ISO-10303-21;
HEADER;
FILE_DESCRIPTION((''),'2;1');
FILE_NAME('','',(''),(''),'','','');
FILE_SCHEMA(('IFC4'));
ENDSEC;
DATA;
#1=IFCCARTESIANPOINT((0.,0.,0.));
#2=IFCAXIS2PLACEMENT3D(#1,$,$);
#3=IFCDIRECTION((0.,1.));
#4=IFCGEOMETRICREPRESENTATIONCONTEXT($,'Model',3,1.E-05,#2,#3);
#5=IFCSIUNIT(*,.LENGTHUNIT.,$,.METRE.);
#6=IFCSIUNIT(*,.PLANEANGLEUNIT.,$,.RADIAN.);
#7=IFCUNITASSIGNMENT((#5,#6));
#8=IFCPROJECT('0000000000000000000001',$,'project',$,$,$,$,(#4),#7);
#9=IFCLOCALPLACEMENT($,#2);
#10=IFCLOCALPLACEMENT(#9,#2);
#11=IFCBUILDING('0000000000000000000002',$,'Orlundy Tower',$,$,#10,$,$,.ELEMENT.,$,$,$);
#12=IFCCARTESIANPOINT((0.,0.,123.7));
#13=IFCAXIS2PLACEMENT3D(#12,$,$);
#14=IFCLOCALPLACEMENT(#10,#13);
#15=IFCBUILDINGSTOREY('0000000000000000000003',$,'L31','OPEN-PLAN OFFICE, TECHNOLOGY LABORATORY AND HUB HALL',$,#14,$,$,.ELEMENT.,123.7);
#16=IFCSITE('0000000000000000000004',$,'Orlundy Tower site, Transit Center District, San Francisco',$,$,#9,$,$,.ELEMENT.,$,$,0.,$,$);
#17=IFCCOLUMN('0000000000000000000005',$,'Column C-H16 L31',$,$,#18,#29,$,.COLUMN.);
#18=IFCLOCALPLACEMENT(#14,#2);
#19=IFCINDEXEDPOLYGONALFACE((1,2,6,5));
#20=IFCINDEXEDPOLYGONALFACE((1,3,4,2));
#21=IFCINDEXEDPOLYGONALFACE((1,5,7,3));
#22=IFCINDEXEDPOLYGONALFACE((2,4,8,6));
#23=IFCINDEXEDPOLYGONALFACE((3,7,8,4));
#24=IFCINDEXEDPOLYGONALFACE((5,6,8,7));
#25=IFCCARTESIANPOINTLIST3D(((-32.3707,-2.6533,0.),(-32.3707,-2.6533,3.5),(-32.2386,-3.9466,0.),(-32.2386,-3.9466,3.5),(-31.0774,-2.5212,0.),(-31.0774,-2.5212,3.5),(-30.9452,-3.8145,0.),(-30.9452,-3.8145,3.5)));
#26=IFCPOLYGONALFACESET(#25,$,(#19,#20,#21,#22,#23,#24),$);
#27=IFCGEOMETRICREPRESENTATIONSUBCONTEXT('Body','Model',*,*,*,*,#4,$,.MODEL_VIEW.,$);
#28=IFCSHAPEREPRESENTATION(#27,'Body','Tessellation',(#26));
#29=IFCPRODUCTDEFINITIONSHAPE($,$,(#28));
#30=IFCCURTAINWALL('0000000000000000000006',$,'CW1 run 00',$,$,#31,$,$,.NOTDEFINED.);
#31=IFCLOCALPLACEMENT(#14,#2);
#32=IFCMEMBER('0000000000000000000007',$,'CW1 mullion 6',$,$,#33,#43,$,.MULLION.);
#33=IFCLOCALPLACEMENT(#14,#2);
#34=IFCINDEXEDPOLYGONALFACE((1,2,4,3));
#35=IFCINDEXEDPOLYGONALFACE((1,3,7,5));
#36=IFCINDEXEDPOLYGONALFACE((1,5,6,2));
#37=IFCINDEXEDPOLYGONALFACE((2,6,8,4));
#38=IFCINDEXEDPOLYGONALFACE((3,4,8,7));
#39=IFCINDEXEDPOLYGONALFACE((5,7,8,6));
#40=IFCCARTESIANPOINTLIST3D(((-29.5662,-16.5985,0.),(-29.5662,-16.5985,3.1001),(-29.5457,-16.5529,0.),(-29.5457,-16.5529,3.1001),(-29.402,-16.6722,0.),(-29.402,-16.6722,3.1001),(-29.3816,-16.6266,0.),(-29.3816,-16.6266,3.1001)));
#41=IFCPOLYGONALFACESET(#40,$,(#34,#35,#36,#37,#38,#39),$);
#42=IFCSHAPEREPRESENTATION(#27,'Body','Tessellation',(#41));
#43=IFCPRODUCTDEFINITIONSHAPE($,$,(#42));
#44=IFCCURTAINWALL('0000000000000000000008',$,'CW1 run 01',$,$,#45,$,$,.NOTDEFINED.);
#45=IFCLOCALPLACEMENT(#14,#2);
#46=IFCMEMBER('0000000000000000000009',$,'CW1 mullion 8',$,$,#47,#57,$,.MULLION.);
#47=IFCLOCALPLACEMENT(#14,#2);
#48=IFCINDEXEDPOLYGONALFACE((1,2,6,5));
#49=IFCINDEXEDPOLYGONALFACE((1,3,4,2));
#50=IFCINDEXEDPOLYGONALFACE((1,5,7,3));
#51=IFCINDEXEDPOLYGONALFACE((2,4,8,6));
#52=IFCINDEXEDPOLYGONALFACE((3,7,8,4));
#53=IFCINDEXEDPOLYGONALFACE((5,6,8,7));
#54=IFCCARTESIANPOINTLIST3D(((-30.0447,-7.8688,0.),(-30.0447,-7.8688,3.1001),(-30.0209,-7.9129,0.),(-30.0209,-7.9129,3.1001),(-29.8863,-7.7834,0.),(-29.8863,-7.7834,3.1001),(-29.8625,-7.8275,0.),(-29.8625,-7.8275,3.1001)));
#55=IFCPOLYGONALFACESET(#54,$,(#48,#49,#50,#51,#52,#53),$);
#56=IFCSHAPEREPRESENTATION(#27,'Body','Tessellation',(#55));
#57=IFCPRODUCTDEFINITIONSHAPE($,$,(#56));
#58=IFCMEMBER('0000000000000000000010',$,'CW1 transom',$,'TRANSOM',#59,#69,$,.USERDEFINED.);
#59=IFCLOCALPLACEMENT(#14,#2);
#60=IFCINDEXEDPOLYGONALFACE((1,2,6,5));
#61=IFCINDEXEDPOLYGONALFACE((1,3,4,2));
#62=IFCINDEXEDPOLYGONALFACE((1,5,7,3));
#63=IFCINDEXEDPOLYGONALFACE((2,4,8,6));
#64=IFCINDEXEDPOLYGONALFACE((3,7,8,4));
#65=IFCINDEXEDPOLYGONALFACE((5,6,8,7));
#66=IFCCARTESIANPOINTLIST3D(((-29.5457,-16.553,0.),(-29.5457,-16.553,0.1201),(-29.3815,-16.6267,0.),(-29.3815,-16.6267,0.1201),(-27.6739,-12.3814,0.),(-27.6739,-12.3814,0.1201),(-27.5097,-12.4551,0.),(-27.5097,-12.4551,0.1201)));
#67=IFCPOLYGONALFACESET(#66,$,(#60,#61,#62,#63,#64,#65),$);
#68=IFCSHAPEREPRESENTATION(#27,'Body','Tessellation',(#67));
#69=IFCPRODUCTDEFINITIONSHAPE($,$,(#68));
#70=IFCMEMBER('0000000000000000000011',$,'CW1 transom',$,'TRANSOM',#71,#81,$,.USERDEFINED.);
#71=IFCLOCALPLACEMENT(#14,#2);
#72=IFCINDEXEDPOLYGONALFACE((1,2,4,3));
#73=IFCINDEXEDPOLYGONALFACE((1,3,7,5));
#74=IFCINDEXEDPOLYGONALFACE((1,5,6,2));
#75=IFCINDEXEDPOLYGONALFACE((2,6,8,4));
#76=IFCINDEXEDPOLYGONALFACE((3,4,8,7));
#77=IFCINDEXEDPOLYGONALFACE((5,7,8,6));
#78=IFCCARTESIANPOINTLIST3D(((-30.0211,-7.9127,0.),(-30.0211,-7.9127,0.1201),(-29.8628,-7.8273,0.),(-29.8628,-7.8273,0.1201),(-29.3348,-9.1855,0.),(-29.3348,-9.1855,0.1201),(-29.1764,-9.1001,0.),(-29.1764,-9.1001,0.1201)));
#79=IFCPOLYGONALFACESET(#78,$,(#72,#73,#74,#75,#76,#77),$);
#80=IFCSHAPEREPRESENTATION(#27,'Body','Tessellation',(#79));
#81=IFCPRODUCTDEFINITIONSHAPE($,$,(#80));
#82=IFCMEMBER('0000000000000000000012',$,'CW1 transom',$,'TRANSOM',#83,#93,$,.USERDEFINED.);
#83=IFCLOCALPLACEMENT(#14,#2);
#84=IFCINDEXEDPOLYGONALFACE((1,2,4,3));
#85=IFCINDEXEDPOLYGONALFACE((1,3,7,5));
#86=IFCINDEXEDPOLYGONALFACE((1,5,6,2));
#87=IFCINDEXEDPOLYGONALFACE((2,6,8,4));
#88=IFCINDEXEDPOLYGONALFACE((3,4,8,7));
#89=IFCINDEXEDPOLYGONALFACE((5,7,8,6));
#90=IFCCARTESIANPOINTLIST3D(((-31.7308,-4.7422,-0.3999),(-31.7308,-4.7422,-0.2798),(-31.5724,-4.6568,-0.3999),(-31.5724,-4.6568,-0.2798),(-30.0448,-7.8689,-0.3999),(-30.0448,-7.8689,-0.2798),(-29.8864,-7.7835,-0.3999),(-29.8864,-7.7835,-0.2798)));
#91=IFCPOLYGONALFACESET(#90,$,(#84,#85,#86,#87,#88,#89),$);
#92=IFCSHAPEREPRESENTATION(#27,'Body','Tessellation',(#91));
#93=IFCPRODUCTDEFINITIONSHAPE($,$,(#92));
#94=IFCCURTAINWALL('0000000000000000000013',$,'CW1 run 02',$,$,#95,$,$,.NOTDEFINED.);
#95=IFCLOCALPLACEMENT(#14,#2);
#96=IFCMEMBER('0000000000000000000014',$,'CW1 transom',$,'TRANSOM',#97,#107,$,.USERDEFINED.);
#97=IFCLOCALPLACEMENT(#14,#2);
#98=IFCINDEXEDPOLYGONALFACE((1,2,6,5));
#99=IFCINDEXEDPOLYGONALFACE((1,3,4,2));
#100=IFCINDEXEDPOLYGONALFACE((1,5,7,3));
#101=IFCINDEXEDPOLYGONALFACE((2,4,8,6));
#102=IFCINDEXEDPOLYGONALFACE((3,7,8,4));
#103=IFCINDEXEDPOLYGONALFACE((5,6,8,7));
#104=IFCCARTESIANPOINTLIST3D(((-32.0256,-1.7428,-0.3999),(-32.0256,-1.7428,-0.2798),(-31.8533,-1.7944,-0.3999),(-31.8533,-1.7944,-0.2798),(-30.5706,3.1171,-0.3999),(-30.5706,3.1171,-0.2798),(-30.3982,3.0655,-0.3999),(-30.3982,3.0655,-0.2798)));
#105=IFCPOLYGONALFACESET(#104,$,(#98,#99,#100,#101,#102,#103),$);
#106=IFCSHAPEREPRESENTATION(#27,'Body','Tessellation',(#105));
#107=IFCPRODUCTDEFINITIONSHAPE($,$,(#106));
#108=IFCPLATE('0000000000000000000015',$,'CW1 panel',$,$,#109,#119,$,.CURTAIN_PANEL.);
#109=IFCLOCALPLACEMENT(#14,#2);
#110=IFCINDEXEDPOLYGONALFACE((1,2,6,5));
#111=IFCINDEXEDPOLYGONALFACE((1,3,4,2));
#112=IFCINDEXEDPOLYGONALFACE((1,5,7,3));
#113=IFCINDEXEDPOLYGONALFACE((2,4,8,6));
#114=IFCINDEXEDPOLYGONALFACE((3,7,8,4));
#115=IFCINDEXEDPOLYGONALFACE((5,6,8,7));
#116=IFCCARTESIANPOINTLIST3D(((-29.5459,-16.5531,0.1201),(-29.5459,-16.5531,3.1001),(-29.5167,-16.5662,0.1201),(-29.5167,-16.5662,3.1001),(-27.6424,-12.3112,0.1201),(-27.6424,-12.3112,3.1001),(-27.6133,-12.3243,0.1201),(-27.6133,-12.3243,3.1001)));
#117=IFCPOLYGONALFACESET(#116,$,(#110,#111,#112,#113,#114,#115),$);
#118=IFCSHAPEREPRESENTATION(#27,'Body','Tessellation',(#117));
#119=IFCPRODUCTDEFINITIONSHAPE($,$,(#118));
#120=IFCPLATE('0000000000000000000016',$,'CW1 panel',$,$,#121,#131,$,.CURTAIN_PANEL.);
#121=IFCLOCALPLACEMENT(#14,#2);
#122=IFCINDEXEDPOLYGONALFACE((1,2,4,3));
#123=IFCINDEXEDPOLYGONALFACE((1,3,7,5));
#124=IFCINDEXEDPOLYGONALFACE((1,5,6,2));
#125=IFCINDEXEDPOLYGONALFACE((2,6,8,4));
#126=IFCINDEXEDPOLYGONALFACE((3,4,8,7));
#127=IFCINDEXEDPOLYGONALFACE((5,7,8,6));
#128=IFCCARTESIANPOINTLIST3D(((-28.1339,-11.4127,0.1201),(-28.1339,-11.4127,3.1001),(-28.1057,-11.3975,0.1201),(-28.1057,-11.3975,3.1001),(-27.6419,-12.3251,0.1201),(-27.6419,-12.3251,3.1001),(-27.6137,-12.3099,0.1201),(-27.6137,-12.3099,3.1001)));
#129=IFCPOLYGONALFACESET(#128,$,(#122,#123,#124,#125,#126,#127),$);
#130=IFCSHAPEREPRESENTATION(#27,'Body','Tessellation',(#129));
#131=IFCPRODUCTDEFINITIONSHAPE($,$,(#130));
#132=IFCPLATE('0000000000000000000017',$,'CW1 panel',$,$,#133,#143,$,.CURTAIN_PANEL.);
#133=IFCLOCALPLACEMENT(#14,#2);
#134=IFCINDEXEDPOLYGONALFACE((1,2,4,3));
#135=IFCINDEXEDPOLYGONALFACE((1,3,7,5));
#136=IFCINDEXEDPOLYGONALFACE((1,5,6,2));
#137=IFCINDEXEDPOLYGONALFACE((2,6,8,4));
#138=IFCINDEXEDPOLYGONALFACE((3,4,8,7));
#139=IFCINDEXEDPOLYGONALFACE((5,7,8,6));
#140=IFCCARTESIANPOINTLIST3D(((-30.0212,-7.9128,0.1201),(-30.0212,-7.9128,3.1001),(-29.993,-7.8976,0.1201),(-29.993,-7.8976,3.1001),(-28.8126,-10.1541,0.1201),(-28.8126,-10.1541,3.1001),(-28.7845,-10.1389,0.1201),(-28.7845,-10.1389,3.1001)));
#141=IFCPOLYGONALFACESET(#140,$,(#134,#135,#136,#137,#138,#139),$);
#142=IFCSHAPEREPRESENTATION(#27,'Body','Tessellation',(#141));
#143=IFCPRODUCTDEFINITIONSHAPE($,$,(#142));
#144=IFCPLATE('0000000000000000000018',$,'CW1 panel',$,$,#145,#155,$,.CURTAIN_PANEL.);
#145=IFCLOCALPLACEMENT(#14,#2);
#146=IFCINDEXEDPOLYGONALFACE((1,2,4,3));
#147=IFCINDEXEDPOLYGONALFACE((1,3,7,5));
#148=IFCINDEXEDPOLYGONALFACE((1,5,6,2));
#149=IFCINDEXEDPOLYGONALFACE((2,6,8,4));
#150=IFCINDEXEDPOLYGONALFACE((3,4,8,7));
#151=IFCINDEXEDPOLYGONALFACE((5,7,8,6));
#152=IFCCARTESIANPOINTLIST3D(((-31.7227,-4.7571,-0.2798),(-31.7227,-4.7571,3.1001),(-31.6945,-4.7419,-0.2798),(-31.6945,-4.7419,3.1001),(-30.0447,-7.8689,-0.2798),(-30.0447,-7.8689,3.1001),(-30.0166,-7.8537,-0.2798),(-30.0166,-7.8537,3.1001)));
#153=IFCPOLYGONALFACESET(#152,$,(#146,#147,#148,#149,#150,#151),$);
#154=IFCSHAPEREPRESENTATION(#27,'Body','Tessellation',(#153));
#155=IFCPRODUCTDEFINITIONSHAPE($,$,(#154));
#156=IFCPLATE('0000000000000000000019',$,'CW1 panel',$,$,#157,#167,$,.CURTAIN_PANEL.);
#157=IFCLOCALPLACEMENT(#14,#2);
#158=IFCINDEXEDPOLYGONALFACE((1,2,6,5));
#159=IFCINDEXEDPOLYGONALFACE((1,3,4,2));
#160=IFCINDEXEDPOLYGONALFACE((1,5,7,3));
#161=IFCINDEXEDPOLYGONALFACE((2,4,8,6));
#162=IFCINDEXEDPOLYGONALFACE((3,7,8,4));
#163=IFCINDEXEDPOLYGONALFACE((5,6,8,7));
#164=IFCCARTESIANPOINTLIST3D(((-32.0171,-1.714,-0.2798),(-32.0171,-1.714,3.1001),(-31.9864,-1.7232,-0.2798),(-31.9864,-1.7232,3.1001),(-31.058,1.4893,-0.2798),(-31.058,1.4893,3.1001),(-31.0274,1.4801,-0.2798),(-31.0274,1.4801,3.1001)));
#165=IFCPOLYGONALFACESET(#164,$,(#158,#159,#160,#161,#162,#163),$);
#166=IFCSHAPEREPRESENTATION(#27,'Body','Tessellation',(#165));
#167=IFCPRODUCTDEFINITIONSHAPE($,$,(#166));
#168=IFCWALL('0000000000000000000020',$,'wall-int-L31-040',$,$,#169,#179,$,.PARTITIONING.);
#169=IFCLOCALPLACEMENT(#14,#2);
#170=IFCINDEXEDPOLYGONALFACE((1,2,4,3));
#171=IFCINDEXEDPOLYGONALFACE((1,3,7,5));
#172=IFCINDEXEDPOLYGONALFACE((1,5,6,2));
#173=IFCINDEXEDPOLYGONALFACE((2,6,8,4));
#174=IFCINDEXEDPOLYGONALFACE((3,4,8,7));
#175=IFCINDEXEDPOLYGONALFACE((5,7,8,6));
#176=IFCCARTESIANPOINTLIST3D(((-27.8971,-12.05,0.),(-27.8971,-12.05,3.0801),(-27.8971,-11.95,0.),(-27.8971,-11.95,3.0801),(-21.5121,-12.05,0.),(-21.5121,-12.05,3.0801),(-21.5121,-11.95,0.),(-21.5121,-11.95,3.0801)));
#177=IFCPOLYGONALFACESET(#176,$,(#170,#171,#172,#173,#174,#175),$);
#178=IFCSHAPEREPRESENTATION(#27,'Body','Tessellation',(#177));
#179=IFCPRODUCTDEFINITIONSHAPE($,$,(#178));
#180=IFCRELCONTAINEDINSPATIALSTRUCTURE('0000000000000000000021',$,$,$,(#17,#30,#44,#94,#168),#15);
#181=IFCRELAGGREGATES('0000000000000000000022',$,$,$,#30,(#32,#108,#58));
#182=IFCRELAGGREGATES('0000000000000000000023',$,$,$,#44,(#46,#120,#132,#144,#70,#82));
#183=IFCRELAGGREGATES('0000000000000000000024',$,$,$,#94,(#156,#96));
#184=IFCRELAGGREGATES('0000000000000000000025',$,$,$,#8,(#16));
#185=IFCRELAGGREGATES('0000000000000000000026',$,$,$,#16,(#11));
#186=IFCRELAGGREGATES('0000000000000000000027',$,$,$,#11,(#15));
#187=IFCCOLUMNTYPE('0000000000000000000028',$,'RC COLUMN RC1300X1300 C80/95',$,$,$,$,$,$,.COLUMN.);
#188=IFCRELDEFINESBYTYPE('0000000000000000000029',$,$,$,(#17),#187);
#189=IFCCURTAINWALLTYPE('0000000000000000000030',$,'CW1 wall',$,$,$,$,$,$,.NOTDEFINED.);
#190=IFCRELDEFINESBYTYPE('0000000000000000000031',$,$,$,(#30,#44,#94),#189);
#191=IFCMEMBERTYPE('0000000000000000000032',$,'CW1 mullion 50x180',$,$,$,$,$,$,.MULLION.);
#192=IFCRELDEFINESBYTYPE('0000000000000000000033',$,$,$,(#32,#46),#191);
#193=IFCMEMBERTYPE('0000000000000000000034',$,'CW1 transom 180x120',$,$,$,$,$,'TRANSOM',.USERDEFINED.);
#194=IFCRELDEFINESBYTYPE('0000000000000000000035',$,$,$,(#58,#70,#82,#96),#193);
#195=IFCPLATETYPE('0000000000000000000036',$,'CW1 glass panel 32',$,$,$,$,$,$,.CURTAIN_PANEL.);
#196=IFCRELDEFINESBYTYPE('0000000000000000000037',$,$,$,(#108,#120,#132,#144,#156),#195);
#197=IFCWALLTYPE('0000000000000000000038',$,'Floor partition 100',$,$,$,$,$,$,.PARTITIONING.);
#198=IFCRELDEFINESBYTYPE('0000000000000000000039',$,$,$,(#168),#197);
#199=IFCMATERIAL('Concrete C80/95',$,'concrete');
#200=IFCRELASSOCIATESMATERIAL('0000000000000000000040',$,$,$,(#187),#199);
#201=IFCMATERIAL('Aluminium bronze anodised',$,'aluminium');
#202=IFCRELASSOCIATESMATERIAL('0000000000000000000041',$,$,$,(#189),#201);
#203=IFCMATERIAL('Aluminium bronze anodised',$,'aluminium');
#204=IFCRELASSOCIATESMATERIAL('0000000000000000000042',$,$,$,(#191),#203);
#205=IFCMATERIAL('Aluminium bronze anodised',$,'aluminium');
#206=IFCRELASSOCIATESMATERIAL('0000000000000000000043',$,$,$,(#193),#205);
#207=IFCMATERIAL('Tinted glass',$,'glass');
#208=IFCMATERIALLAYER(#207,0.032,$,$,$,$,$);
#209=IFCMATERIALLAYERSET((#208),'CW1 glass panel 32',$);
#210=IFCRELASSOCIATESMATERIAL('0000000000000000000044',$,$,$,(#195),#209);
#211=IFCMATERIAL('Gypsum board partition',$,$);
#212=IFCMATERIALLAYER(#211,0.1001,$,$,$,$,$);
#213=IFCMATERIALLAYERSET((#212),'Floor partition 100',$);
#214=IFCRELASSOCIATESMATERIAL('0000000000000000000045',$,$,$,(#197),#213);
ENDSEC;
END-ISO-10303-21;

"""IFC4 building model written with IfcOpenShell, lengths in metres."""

from ifc_helpers import new_model, si_unit, direction, frame, frame_2d, origin, origin_2d, place, context, subcontext, project, spatial, rectangle, extrude, material, layer, layer_set, material_profile, profile_set, type_object, element, aggregate, save


model = new_model("IFC4")

# Units and contexts
model_context = context("Model", 3, precision=1e-05, world=origin(), true_north=direction((0.0, 1.0)))
body_context = subcontext(model_context, "Body", "Model", "MODEL_VIEW")
ifc_project = project(units=[si_unit("LENGTHUNIT", "METRE"), si_unit("PLANEANGLEUNIT", "RADIAN")], contexts=[model_context])

# Site, building, storey
site_placement = place(None, origin())
site = spatial("IfcSite", under=ifc_project, at=site_placement, Name="Orlundy Tower site, Transit Center District, San Francisco", CompositionType="ELEMENT", RefElevation=0.0)
building_placement = place(site_placement, origin())
building = spatial("IfcBuilding", under=site, at=building_placement, Name="Orlundy Tower", CompositionType="ELEMENT")
storey_placement = place(building_placement, frame((0.0, 0.0, 123.7)))
storey = spatial("IfcBuildingStorey", under=building, at=storey_placement, Name="L31", Description="OPEN-PLAN OFFICE, TECHNOLOGY LABORATORY AND HUB HALL", CompositionType="ELEMENT", Elevation=123.7)

# Column
ifc_material_1 = material(Name="Concrete C80/95", Category="concrete")
ifc_material_profile_1 = material_profile(ifc_material_1, rectangle(XDim=1.3, YDim=1.3, at=origin_2d()), Name="RC1300X1300")
ifc_profile_set_1 = profile_set([ifc_material_profile_1], Name="Concrete C80/95")
column_type = type_object("IfcColumnType", Name="RC COLUMN RC1300X1300 C80/95", PredefinedType="COLUMN", material=ifc_profile_set_1)
column_placement = place(storey_placement, frame((-31.658, -3.2339, 0.0), z_axis=(0.0, 0.0, 1.0), x_axis=(-0.994822, -0.101629, 0.0)))
element("IfcColumn", 1, at=column_placement, inside=storey, type_object=column_type, Name="Column C-H16 L31", PredefinedType="COLUMN", context=body_context, shape_type="SweptSolid", body=[
    extrude(rectangle(XDim=1.3, YDim=1.3, at=origin_2d()), origin(), (0.0, 0.0, 1.0), 3.5),
])

# Curtain walls, members
ifc_material_2 = material(Name="Aluminium bronze anodised", Category="aluminium")
curtain_wall_type = type_object("IfcCurtainWallType", Name="CW1 wall", PredefinedType="NOTDEFINED", material=ifc_material_2)
curtain_wall_1_placement = place(storey_placement, origin())
curtain_wall_1 = element("IfcCurtainWall", 2, at=curtain_wall_1_placement, inside=storey, type_object=curtain_wall_type, Name="CW1 run 00", PredefinedType="NOTDEFINED")
ifc_material_3 = material(Name="Aluminium bronze anodised", Category="aluminium")
ifc_material_profile_2 = material_profile(ifc_material_3, rectangle(XDim=0.1799, YDim=0.05, at=origin_2d()), Name="CW1 mullion 50x180")
ifc_profile_set_2 = profile_set([ifc_material_profile_2], Name="Aluminium bronze anodised")
member_type_1 = type_object("IfcMemberType", Name="CW1 mullion 50x180", PredefinedType="MULLION", material=ifc_profile_set_2)
member_1_placement = place(storey_placement, frame((-29.4739, -16.6125, 0.0), z_axis=(0.0, 0.0, 1.0), x_axis=(-0.912353, 0.409404, 0.0)))
member_1 = element("IfcMember", 3, at=member_1_placement, type_object=member_type_1, Name="CW1 mullion 6", PredefinedType="MULLION", context=body_context, shape_type="SweptSolid", body=[
    extrude(rectangle(XDim=0.1799, YDim=0.05, at=origin_2d()), origin(), (0.0, 0.0, 1.0), 3.1001),
])
curtain_wall_2_placement = place(storey_placement, origin())
curtain_wall_2 = element("IfcCurtainWall", 4, at=curtain_wall_2_placement, inside=storey, type_object=curtain_wall_type, Name="CW1 run 01", PredefinedType="NOTDEFINED")
member_2_placement = place(storey_placement, frame((-29.9536, -7.8481, 0.0), z_axis=(0.0, 0.0, 1.0), x_axis=(-0.880189, -0.474624, 0.0)))
member_2 = element("IfcMember", 5, at=member_2_placement, type_object=member_type_1, Name="CW1 mullion 8", PredefinedType="MULLION", context=body_context, shape_type="SweptSolid", body=[
    extrude(rectangle(XDim=0.1799, YDim=0.05, at=origin_2d()), origin(), (0.0, 0.0, 1.0), 3.1001),
])

# Members
ifc_material_4 = material(Name="Aluminium bronze anodised", Category="aluminium")
ifc_material_profile_3 = material_profile(ifc_material_4, rectangle(XDim=0.1799, YDim=0.1201, at=origin_2d()), Name="CW1 transom 180x120")
ifc_profile_set_3 = profile_set([ifc_material_profile_3], Name="Aluminium bronze anodised")
member_type_2 = type_object("IfcMemberType", Name="CW1 transom 180x120", ElementType="TRANSOM", PredefinedType="USERDEFINED", material=ifc_profile_set_3)
member_3_placement = place(storey_placement, frame((-29.4636, -16.5898, 0.0601), z_axis=(0.409381, 0.912364, 0.0), x_axis=(-0.912364, 0.409381, 0.0)))
member_3 = element("IfcMember", 6, at=member_3_placement, type_object=member_type_2, Name="CW1 transom", ObjectType="TRANSOM", PredefinedType="USERDEFINED", context=body_context, shape_type="SweptSolid", body=[
    extrude(rectangle(XDim=0.1799, YDim=0.1201, at=origin_2d()), origin(), (0.0, 0.0, 1.0), 4.5723),
])
member_4_placement = place(storey_placement, frame((-29.2556, -9.1428, 0.0601), z_axis=(-0.474623, 0.880189, 0.0), x_axis=(-0.880189, -0.474623, 0.0)))
member_4 = element("IfcMember", 7, at=member_4_placement, type_object=member_type_2, Name="CW1 transom", ObjectType="TRANSOM", PredefinedType="USERDEFINED", context=body_context, shape_type="SweptSolid", body=[
    extrude(rectangle(XDim=0.1799, YDim=0.1201, at=origin_2d()), origin(), (0.0, 0.0, 1.0), 1.446),
])
member_5_placement = place(storey_placement, frame((-29.9656, -7.8262, -0.3398), z_axis=(-0.474628, 0.880186, 0.0), x_axis=(-0.880186, -0.474628, 0.0)))
member_5 = element("IfcMember", 8, at=member_5_placement, type_object=member_type_2, Name="CW1 transom", ObjectType="TRANSOM", PredefinedType="USERDEFINED", context=body_context, shape_type="SweptSolid", body=[
    extrude(rectangle(XDim=0.1799, YDim=0.1201, at=origin_2d()), origin(), (0.0, 0.0, 1.0), 3.5522),
])

# Curtain wall, member
curtain_wall_3_placement = place(storey_placement, origin())
curtain_wall_3 = element("IfcCurtainWall", 9, at=curtain_wall_3_placement, inside=storey, type_object=curtain_wall_type, Name="CW1 run 02", PredefinedType="NOTDEFINED")
member_6_placement = place(storey_placement, frame((-31.9395, -1.7686, -0.3398), z_axis=(0.286827, 0.957982, 0.0), x_axis=(-0.957982, 0.286827, 0.0)))
member_6 = element("IfcMember", 10, at=member_6_placement, type_object=member_type_2, Name="CW1 transom", ObjectType="TRANSOM", PredefinedType="USERDEFINED", context=body_context, shape_type="SweptSolid", body=[
    extrude(rectangle(XDim=0.1799, YDim=0.1201, at=origin_2d()), origin(), (0.0, 0.0, 1.0), 5.073),
])

# Plates
ifc_material_5 = material(Name="Tinted glass", Category="glass")
ifc_layer_1 = layer(ifc_material_5, 0.032)
ifc_layer_set_1 = layer_set([ifc_layer_1], Name="CW1 glass panel 32")
plate_type = type_object("IfcPlateType", Name="CW1 glass panel 32", PredefinedType="CURTAIN_PANEL", material=ifc_layer_set_1)
plate_1_placement = place(storey_placement, frame((-28.5796, -14.4387, 0.1201), z_axis=(0.0, 0.0, 1.0), x_axis=(0.409404, 0.912353, 0.0)))
plate_1 = element("IfcPlate", 11, at=plate_1_placement, type_object=plate_type, Name="CW1 panel", PredefinedType="CURTAIN_PANEL", context=body_context, shape_type="SweptSolid", body=[
    extrude(rectangle(XDim=4.6494, YDim=0.032, at=origin_2d()), origin(), (0.0, 0.0, 1.0), 2.98),
])
aggregate(curtain_wall_1, [member_1, plate_1, member_3])
plate_2_placement = place(storey_placement, frame((-27.8738, -11.8613, 0.1201), z_axis=(0.0, 0.0, 1.0), x_axis=(-0.474624, 0.880189, 0.0)))
plate_2 = element("IfcPlate", 12, at=plate_2_placement, type_object=plate_type, Name="CW1 panel", PredefinedType="CURTAIN_PANEL", context=body_context, shape_type="SweptSolid", body=[
    extrude(rectangle(XDim=1.0366, YDim=0.032, at=origin_2d()), origin(), (0.0, 0.0, 1.0), 2.98),
])
plate_3_placement = place(storey_placement, frame((-29.4028, -9.0259, 0.1201), z_axis=(0.0, 0.0, 1.0), x_axis=(-0.474624, 0.880189, 0.0)))
plate_3 = element("IfcPlate", 13, at=plate_3_placement, type_object=plate_type, Name="CW1 panel", PredefinedType="CURTAIN_PANEL", context=body_context, shape_type="SweptSolid", body=[
    extrude(rectangle(XDim=2.5464, YDim=0.032, at=origin_2d()), origin(), (0.0, 0.0, 1.0), 2.98),
])
plate_4_placement = place(storey_placement, frame((-30.8696, -6.3054, -0.2798), z_axis=(0.0, 0.0, 1.0), x_axis=(-0.474624, 0.880189, 0.0)))
plate_4 = element("IfcPlate", 14, at=plate_4_placement, type_object=plate_type, Name="CW1 panel", PredefinedType="CURTAIN_PANEL", context=body_context, shape_type="SweptSolid", body=[
    extrude(rectangle(XDim=3.5354, YDim=0.032, at=origin_2d()), origin(), (0.0, 0.0, 1.0), 3.3799),
])
aggregate(curtain_wall_2, [member_2, plate_2, plate_3, plate_4, member_4, member_5])
plate_5_placement = place(storey_placement, frame((-31.5222, -0.1169, -0.2798), z_axis=(0.0, 0.0, 1.0), x_axis=(0.286816, 0.957986, 0.0)))
plate_5 = element("IfcPlate", 15, at=plate_5_placement, type_object=plate_type, Name="CW1 panel", PredefinedType="CURTAIN_PANEL", context=body_context, shape_type="SweptSolid", body=[
    extrude(rectangle(XDim=3.3438, YDim=0.032, at=origin_2d()), origin(), (0.0, 0.0, 1.0), 3.3799),
])
aggregate(curtain_wall_3, [plate_5, member_6])

# Wall
ifc_material_6 = material(Name="Gypsum board partition")
ifc_layer_2 = layer(ifc_material_6, 0.1001)
ifc_layer_set_2 = layer_set([ifc_layer_2], Name="Floor partition 100")
wall_type = type_object("IfcWallType", Name="Floor partition 100", PredefinedType="PARTITIONING", material=ifc_layer_set_2)
wall_placement = place(storey_placement, frame((-27.897, -12.0, 0.0), z_axis=(0.0, 0.0, 1.0), x_axis=(1.0, 0.0, 0.0)))
element("IfcWall", 16, at=wall_placement, inside=storey, type_object=wall_type, Name="wall-int-L31-040", PredefinedType="PARTITIONING", context=body_context, shape_type="SweptSolid", body=[
    extrude(rectangle(XDim=6.385, YDim=0.1001, at=frame_2d((3.1924, 0.0))), origin(), (0.0, 0.0, 1.0), 3.0801),
])

save(model, "model.ifc")
